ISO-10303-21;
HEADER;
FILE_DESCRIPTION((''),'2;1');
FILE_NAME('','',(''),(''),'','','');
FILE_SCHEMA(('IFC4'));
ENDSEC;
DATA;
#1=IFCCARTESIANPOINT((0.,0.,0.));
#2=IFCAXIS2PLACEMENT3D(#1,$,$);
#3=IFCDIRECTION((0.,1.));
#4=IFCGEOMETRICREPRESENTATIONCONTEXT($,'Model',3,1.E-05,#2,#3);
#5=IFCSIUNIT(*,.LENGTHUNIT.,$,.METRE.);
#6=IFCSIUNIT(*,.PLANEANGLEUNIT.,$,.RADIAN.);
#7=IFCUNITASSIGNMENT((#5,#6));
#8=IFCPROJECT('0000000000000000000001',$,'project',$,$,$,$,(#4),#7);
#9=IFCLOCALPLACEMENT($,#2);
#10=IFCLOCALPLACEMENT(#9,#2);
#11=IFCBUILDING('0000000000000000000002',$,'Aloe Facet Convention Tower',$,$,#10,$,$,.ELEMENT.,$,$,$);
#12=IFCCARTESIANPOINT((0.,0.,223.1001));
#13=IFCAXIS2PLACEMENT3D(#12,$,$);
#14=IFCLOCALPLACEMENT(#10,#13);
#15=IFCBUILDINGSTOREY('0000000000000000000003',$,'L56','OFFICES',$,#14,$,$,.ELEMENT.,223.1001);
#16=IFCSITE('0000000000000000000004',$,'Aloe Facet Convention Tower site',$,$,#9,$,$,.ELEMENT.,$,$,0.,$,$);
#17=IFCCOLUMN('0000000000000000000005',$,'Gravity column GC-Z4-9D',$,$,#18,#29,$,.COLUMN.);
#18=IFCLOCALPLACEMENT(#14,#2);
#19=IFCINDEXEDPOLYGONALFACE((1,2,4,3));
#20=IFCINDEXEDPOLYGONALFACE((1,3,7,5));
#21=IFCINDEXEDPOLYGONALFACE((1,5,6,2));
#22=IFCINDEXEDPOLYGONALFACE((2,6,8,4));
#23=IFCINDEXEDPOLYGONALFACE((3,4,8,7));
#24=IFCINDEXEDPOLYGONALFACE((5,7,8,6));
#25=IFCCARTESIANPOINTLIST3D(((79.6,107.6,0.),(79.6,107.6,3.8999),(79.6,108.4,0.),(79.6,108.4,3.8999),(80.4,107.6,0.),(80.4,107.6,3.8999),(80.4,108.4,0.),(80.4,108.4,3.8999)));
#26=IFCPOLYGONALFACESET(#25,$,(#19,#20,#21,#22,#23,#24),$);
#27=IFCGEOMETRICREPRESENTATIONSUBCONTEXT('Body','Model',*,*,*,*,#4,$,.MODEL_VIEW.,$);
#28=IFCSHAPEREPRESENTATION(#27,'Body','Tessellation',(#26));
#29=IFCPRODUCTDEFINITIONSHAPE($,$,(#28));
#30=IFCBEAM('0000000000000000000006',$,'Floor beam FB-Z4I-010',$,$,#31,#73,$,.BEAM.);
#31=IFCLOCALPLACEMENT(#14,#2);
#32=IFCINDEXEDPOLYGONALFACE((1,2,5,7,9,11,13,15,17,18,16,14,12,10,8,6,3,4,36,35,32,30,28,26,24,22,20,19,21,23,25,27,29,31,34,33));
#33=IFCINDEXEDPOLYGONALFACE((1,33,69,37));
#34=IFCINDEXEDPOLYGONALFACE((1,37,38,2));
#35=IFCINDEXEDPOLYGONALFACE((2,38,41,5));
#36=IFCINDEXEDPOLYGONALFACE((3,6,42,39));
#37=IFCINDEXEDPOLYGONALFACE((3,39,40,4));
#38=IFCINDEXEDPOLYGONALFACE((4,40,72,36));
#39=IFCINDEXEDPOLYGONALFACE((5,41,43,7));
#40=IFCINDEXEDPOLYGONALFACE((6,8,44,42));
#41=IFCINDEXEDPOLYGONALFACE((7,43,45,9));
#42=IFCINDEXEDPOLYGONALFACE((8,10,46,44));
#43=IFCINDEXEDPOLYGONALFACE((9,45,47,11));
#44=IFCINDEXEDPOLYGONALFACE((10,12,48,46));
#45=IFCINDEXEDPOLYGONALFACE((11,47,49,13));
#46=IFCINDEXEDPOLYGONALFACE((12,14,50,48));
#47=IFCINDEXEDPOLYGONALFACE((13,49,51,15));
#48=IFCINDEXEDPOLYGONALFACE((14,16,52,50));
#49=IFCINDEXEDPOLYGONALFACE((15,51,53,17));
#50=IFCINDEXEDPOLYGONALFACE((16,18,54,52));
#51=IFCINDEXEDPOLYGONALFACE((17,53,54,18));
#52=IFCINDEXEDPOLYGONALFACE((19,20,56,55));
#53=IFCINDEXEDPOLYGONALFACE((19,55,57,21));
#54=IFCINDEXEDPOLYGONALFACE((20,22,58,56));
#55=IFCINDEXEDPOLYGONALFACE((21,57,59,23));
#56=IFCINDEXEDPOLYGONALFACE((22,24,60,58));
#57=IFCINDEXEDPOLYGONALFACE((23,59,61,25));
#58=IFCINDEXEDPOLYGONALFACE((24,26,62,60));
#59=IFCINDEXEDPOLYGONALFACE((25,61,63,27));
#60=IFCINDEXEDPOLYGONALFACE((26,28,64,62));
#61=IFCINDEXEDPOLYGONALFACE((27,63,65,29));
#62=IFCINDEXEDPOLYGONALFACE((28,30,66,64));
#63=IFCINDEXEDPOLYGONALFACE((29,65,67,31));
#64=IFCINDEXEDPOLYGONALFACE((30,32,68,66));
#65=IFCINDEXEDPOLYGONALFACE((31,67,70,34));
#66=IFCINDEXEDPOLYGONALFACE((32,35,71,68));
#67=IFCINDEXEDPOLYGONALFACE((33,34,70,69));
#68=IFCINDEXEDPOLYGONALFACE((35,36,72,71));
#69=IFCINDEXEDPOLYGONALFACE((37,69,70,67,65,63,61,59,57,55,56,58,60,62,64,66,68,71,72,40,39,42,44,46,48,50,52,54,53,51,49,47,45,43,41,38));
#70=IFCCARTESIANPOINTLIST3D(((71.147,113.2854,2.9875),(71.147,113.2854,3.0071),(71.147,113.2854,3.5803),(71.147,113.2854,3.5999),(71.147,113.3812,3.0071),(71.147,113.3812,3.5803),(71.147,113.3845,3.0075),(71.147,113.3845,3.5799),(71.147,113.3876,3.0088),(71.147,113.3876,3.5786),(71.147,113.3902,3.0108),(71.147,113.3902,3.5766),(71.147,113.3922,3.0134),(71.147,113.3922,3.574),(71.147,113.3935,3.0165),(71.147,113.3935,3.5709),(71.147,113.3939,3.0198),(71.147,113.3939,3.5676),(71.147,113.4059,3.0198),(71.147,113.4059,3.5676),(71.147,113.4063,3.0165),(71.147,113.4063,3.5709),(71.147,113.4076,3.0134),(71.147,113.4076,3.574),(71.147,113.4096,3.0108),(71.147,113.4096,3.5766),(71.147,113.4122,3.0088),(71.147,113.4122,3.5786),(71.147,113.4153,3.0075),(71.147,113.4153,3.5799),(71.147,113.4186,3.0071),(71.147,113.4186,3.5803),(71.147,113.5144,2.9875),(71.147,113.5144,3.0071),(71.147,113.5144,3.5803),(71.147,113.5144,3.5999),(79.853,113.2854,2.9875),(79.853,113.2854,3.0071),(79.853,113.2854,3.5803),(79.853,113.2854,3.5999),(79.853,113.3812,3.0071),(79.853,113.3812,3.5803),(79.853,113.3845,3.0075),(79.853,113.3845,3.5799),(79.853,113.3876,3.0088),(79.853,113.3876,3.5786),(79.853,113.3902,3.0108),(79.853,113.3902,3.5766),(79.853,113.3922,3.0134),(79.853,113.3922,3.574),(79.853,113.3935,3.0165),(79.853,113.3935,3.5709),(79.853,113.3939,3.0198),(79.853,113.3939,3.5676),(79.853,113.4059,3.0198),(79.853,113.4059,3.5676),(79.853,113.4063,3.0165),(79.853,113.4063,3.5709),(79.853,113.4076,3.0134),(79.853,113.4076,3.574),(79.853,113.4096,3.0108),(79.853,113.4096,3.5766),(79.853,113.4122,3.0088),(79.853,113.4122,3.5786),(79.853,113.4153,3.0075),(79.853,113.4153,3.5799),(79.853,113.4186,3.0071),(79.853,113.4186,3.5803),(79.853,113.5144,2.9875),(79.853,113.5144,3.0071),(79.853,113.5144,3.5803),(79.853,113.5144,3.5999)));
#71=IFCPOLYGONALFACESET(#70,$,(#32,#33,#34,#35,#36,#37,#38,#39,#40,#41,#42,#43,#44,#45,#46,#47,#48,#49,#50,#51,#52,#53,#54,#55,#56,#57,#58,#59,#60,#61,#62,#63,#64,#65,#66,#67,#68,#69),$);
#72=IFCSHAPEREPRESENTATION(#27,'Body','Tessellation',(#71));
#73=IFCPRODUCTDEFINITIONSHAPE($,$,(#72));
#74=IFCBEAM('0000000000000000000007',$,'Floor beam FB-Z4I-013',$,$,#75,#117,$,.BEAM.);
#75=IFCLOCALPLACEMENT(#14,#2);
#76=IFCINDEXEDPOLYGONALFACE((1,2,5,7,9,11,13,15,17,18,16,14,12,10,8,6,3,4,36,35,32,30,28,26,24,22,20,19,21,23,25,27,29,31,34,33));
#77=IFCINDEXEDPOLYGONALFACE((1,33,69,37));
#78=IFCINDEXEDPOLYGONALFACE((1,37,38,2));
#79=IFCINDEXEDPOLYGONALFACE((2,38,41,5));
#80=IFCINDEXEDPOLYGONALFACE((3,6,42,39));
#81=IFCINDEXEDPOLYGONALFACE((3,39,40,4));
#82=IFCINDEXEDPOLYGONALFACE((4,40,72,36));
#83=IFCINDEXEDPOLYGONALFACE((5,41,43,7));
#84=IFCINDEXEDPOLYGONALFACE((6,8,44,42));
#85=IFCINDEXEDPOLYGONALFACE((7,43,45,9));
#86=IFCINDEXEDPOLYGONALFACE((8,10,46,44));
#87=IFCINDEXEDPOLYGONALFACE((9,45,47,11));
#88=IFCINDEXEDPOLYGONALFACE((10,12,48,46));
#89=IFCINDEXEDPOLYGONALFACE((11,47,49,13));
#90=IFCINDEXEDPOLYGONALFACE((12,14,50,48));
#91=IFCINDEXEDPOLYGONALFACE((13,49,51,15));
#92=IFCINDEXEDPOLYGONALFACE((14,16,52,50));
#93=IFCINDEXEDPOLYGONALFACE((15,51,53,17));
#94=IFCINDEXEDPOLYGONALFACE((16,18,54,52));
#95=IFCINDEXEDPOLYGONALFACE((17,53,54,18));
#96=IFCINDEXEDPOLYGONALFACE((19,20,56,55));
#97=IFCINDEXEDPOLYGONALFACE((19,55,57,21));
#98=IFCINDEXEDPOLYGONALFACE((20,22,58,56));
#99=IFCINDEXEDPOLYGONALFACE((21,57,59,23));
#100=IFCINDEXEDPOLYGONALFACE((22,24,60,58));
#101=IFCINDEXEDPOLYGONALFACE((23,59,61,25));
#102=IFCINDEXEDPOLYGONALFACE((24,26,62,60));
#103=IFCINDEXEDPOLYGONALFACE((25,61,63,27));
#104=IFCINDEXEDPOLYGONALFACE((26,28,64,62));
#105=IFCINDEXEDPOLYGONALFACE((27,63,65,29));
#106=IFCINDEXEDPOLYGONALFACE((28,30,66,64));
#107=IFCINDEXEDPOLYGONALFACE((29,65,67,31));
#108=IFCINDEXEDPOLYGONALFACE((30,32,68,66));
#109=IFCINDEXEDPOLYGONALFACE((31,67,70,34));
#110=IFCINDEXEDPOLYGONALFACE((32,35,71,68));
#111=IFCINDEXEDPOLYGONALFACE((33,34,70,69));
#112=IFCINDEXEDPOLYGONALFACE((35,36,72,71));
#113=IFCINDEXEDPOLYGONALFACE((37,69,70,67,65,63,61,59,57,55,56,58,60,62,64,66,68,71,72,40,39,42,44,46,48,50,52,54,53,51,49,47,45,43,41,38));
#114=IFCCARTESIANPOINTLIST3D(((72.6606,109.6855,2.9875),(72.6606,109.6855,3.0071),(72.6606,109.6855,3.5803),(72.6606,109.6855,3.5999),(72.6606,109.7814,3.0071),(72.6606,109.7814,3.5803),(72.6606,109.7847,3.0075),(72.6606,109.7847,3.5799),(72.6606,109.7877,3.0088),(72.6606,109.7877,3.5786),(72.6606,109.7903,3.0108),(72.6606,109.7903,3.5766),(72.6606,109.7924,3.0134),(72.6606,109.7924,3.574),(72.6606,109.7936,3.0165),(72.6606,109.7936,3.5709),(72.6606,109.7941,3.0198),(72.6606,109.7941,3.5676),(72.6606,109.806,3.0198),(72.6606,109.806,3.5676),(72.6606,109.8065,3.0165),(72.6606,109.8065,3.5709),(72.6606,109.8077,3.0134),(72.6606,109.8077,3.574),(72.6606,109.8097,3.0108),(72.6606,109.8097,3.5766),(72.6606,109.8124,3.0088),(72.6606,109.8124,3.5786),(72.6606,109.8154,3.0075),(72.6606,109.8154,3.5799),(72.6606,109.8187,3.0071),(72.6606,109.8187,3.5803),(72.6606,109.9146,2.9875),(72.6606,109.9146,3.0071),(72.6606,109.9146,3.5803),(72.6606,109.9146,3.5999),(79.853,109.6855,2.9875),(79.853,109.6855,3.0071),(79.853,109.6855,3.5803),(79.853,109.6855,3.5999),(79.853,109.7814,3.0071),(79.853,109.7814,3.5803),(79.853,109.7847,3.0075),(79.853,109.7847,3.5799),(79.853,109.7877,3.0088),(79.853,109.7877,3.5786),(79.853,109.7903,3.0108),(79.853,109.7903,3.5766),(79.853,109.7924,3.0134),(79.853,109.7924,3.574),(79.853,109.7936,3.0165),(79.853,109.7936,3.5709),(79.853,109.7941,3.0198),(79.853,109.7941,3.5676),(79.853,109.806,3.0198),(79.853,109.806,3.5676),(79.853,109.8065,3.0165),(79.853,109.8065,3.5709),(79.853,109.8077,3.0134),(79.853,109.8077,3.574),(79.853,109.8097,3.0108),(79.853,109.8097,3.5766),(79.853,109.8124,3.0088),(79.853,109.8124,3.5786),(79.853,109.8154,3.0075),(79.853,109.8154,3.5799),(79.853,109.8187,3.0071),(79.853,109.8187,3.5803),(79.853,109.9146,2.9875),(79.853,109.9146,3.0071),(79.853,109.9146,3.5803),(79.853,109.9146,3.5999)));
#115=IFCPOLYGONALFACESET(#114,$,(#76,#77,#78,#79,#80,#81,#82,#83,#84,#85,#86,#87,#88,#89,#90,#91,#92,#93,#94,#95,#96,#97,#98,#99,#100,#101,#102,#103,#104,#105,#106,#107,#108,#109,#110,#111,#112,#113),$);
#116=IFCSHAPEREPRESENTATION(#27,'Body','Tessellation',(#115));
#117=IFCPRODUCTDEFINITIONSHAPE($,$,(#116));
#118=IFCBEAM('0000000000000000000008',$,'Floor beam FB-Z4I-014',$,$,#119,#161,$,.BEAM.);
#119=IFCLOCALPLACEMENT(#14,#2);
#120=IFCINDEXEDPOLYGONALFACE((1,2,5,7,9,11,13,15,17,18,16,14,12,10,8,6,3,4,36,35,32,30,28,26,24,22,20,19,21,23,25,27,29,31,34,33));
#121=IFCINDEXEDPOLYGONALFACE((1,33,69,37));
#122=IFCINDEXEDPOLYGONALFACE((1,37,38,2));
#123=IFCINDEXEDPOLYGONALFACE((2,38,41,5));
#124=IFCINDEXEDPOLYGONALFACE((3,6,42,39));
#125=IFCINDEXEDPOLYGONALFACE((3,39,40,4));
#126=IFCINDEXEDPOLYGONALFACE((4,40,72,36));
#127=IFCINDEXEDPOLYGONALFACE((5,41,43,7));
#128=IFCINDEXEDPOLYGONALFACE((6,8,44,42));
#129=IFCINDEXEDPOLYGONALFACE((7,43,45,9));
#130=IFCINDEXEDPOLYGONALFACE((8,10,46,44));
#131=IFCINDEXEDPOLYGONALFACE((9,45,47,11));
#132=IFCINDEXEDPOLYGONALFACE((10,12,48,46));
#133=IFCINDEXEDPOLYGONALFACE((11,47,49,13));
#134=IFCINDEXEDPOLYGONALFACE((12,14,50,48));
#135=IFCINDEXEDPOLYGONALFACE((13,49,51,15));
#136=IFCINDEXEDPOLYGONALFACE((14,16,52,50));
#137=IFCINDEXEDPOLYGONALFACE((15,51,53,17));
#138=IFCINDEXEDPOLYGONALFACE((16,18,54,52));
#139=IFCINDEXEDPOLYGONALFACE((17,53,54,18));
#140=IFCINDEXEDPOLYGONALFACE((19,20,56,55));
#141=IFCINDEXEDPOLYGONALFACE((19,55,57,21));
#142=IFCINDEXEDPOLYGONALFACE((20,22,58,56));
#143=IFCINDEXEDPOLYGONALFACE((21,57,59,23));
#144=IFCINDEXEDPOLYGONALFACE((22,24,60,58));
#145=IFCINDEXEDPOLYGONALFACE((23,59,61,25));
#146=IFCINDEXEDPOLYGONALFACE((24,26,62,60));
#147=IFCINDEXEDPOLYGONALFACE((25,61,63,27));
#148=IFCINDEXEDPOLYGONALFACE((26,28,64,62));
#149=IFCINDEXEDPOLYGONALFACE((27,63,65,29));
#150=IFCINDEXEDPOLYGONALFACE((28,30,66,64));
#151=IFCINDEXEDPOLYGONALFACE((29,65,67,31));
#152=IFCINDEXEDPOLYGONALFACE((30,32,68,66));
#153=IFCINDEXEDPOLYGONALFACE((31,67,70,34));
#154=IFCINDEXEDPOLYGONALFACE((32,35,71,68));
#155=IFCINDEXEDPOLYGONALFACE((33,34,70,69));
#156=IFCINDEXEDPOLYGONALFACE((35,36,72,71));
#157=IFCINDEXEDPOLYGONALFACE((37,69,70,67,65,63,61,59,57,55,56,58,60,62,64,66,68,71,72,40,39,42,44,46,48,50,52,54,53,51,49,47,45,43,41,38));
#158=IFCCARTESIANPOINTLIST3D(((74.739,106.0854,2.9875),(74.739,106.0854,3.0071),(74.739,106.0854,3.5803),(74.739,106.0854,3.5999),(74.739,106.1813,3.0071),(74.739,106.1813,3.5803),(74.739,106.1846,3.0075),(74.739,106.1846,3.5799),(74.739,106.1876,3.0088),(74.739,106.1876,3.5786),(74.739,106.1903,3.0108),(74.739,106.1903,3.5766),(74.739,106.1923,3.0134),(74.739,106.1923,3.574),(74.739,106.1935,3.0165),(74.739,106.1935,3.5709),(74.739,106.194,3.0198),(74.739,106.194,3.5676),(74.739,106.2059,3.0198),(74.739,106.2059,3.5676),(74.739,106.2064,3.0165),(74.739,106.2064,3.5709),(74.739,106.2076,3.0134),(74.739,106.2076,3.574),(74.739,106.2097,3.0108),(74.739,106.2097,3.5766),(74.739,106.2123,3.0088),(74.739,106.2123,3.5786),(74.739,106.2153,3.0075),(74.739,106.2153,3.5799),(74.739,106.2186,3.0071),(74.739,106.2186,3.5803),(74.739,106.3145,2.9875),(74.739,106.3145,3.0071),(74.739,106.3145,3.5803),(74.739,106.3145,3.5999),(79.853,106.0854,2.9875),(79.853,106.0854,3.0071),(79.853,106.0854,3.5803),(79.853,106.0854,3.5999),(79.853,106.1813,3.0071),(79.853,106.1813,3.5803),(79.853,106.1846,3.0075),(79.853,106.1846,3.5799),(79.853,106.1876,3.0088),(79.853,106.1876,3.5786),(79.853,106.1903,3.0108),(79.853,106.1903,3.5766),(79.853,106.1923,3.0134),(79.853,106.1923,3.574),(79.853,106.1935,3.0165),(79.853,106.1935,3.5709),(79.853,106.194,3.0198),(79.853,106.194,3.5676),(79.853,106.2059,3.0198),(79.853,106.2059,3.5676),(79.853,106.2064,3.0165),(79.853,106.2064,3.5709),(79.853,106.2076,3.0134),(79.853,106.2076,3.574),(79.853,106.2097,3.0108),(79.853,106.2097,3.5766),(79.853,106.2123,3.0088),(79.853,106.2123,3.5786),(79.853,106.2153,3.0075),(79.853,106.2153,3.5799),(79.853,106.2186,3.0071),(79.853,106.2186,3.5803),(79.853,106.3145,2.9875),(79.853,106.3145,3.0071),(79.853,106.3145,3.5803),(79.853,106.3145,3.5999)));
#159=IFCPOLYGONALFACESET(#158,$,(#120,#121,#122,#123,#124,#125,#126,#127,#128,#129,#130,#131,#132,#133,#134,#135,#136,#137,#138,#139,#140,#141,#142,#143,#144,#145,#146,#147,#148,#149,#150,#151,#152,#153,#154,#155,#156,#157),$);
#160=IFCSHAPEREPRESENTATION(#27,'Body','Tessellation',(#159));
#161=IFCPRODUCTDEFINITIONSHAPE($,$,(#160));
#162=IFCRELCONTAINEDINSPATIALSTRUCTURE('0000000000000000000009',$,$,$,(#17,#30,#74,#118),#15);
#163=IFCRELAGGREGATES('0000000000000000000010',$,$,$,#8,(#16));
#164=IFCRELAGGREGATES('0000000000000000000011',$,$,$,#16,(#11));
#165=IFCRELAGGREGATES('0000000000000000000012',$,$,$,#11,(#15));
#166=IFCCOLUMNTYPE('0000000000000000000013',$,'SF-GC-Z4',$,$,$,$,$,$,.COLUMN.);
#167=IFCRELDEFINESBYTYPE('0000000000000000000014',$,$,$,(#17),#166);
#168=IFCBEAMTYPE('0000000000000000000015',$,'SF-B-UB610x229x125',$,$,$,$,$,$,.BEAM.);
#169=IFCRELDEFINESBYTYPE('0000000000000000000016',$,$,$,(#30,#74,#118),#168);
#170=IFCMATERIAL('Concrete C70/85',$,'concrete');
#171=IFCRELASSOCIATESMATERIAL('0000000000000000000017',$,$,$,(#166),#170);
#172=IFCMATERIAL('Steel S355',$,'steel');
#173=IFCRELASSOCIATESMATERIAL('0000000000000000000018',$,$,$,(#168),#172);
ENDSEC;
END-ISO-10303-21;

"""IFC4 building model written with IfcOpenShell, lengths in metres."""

from ifc_helpers import new_model, si_unit, direction, frame, origin, origin_2d, place, context, subcontext, project, spatial, rectangle, i_section, extrude, material, material_profile, profile_set, type_object, element, save


model = new_model("IFC4")

# Units and contexts
model_context = context("Model", 3, precision=1e-05, world=origin(), true_north=direction((0.0, 1.0)))
body_context = subcontext(model_context, "Body", "Model", "MODEL_VIEW")
ifc_project = project(units=[si_unit("LENGTHUNIT", "METRE"), si_unit("PLANEANGLEUNIT", "RADIAN")], contexts=[model_context])

# Site, building, storey
site_placement = place(None, origin())
site = spatial("IfcSite", under=ifc_project, at=site_placement, Name="Aloe Facet Convention Tower site", CompositionType="ELEMENT", RefElevation=0.0)
building_placement = place(site_placement, origin())
building = spatial("IfcBuilding", under=site, at=building_placement, Name="Aloe Facet Convention Tower", CompositionType="ELEMENT")
storey_placement = place(building_placement, frame((0.0, 0.0, 223.1001)))
storey = spatial("IfcBuildingStorey", under=building, at=storey_placement, Name="L56", Description="OFFICES", CompositionType="ELEMENT", Elevation=223.1001)

# Column
ifc_material_1 = material(Name="Concrete C70/85", Category="concrete")
ifc_material_profile_1 = material_profile(ifc_material_1, rectangle(XDim=0.8, YDim=0.8, at=origin_2d()), Name="SF-GC-Z4")
ifc_profile_set_1 = profile_set([ifc_material_profile_1], Name="Concrete C70/85")
column_type = type_object("IfcColumnType", Name="SF-GC-Z4", PredefinedType="COLUMN", material=ifc_profile_set_1)
column_placement = place(storey_placement, frame((80.0, 108.0, 0.0), z_axis=(0.0, 0.0, 1.0), x_axis=(1.0, 0.0, 0.0)))
element("IfcColumn", 1, at=column_placement, inside=storey, type_object=column_type, Name="Gravity column GC-Z4-9D", PredefinedType="COLUMN", context=body_context, shape_type="SweptSolid", body=[
    extrude(rectangle(XDim=0.8, YDim=0.8, at=origin_2d()), origin(), (0.0, 0.0, 1.0), 3.8999),
])

# Beams
ifc_material_2 = material(Name="Steel S355", Category="steel")
ifc_material_profile_2 = material_profile(ifc_material_2, i_section(OverallWidth=0.229, OverallDepth=0.6123, WebThickness=0.012, FlangeThickness=0.0195, FilletRadius=0.0127, at=origin_2d()), Name="UB 610x229x125")
ifc_profile_set_2 = profile_set([ifc_material_profile_2], Name="Steel S355")
beam_type_1 = type_object("IfcBeamType", Name="SF-B-UB610x229x125", PredefinedType="BEAM", material=ifc_profile_set_2)
beam_1_placement = place(storey_placement, frame((71.147, 113.3999, 3.2937), z_axis=(1.0, 0.0, 0.0), x_axis=(0.0, 1.0, 0.0)))
element("IfcBeam", 2, at=beam_1_placement, inside=storey, type_object=beam_type_1, Name="Floor beam FB-Z4I-010", PredefinedType="BEAM", context=body_context, shape_type="SweptSolid", body=[
    extrude(i_section(OverallWidth=0.229, OverallDepth=0.6123, WebThickness=0.012, FlangeThickness=0.0195, FilletRadius=0.0127, at=origin_2d()), origin(), (0.0, 0.0, 1.0), 8.7061),
])
beam_2_placement = place(storey_placement, frame((72.6606, 109.8, 3.2937), z_axis=(1.0, 0.0, 0.0), x_axis=(0.0, 1.0, 0.0)))
element("IfcBeam", 3, at=beam_2_placement, inside=storey, type_object=beam_type_1, Name="Floor beam FB-Z4I-013", PredefinedType="BEAM", context=body_context, shape_type="SweptSolid", body=[
    extrude(i_section(OverallWidth=0.229, OverallDepth=0.6123, WebThickness=0.012, FlangeThickness=0.0195, FilletRadius=0.0127, at=origin_2d()), origin(), (0.0, 0.0, 1.0), 7.1924),
])
for number, where, z_axis, x_axis, name in (
    (4, (74.739, 106.2, 3.2937), (1.0, 0.0, 0.0), (0.0, 1.0, 0.0), "Floor beam FB-Z4I-014"),
):
    element("IfcBeam", number, at=place(storey_placement, frame(where, z_axis=z_axis, x_axis=x_axis)), inside=storey, type_object=beam_type_1, Name=name, PredefinedType="BEAM", context=body_context, shape_type="SweptSolid", body=[
        extrude(i_section(OverallWidth=0.229, OverallDepth=0.6123, WebThickness=0.012, FlangeThickness=0.0195, FilletRadius=0.0127, at=origin_2d()), origin(), (0.0, 0.0, 1.0), 5.114),
    ])

save(model, "model.ifc")
